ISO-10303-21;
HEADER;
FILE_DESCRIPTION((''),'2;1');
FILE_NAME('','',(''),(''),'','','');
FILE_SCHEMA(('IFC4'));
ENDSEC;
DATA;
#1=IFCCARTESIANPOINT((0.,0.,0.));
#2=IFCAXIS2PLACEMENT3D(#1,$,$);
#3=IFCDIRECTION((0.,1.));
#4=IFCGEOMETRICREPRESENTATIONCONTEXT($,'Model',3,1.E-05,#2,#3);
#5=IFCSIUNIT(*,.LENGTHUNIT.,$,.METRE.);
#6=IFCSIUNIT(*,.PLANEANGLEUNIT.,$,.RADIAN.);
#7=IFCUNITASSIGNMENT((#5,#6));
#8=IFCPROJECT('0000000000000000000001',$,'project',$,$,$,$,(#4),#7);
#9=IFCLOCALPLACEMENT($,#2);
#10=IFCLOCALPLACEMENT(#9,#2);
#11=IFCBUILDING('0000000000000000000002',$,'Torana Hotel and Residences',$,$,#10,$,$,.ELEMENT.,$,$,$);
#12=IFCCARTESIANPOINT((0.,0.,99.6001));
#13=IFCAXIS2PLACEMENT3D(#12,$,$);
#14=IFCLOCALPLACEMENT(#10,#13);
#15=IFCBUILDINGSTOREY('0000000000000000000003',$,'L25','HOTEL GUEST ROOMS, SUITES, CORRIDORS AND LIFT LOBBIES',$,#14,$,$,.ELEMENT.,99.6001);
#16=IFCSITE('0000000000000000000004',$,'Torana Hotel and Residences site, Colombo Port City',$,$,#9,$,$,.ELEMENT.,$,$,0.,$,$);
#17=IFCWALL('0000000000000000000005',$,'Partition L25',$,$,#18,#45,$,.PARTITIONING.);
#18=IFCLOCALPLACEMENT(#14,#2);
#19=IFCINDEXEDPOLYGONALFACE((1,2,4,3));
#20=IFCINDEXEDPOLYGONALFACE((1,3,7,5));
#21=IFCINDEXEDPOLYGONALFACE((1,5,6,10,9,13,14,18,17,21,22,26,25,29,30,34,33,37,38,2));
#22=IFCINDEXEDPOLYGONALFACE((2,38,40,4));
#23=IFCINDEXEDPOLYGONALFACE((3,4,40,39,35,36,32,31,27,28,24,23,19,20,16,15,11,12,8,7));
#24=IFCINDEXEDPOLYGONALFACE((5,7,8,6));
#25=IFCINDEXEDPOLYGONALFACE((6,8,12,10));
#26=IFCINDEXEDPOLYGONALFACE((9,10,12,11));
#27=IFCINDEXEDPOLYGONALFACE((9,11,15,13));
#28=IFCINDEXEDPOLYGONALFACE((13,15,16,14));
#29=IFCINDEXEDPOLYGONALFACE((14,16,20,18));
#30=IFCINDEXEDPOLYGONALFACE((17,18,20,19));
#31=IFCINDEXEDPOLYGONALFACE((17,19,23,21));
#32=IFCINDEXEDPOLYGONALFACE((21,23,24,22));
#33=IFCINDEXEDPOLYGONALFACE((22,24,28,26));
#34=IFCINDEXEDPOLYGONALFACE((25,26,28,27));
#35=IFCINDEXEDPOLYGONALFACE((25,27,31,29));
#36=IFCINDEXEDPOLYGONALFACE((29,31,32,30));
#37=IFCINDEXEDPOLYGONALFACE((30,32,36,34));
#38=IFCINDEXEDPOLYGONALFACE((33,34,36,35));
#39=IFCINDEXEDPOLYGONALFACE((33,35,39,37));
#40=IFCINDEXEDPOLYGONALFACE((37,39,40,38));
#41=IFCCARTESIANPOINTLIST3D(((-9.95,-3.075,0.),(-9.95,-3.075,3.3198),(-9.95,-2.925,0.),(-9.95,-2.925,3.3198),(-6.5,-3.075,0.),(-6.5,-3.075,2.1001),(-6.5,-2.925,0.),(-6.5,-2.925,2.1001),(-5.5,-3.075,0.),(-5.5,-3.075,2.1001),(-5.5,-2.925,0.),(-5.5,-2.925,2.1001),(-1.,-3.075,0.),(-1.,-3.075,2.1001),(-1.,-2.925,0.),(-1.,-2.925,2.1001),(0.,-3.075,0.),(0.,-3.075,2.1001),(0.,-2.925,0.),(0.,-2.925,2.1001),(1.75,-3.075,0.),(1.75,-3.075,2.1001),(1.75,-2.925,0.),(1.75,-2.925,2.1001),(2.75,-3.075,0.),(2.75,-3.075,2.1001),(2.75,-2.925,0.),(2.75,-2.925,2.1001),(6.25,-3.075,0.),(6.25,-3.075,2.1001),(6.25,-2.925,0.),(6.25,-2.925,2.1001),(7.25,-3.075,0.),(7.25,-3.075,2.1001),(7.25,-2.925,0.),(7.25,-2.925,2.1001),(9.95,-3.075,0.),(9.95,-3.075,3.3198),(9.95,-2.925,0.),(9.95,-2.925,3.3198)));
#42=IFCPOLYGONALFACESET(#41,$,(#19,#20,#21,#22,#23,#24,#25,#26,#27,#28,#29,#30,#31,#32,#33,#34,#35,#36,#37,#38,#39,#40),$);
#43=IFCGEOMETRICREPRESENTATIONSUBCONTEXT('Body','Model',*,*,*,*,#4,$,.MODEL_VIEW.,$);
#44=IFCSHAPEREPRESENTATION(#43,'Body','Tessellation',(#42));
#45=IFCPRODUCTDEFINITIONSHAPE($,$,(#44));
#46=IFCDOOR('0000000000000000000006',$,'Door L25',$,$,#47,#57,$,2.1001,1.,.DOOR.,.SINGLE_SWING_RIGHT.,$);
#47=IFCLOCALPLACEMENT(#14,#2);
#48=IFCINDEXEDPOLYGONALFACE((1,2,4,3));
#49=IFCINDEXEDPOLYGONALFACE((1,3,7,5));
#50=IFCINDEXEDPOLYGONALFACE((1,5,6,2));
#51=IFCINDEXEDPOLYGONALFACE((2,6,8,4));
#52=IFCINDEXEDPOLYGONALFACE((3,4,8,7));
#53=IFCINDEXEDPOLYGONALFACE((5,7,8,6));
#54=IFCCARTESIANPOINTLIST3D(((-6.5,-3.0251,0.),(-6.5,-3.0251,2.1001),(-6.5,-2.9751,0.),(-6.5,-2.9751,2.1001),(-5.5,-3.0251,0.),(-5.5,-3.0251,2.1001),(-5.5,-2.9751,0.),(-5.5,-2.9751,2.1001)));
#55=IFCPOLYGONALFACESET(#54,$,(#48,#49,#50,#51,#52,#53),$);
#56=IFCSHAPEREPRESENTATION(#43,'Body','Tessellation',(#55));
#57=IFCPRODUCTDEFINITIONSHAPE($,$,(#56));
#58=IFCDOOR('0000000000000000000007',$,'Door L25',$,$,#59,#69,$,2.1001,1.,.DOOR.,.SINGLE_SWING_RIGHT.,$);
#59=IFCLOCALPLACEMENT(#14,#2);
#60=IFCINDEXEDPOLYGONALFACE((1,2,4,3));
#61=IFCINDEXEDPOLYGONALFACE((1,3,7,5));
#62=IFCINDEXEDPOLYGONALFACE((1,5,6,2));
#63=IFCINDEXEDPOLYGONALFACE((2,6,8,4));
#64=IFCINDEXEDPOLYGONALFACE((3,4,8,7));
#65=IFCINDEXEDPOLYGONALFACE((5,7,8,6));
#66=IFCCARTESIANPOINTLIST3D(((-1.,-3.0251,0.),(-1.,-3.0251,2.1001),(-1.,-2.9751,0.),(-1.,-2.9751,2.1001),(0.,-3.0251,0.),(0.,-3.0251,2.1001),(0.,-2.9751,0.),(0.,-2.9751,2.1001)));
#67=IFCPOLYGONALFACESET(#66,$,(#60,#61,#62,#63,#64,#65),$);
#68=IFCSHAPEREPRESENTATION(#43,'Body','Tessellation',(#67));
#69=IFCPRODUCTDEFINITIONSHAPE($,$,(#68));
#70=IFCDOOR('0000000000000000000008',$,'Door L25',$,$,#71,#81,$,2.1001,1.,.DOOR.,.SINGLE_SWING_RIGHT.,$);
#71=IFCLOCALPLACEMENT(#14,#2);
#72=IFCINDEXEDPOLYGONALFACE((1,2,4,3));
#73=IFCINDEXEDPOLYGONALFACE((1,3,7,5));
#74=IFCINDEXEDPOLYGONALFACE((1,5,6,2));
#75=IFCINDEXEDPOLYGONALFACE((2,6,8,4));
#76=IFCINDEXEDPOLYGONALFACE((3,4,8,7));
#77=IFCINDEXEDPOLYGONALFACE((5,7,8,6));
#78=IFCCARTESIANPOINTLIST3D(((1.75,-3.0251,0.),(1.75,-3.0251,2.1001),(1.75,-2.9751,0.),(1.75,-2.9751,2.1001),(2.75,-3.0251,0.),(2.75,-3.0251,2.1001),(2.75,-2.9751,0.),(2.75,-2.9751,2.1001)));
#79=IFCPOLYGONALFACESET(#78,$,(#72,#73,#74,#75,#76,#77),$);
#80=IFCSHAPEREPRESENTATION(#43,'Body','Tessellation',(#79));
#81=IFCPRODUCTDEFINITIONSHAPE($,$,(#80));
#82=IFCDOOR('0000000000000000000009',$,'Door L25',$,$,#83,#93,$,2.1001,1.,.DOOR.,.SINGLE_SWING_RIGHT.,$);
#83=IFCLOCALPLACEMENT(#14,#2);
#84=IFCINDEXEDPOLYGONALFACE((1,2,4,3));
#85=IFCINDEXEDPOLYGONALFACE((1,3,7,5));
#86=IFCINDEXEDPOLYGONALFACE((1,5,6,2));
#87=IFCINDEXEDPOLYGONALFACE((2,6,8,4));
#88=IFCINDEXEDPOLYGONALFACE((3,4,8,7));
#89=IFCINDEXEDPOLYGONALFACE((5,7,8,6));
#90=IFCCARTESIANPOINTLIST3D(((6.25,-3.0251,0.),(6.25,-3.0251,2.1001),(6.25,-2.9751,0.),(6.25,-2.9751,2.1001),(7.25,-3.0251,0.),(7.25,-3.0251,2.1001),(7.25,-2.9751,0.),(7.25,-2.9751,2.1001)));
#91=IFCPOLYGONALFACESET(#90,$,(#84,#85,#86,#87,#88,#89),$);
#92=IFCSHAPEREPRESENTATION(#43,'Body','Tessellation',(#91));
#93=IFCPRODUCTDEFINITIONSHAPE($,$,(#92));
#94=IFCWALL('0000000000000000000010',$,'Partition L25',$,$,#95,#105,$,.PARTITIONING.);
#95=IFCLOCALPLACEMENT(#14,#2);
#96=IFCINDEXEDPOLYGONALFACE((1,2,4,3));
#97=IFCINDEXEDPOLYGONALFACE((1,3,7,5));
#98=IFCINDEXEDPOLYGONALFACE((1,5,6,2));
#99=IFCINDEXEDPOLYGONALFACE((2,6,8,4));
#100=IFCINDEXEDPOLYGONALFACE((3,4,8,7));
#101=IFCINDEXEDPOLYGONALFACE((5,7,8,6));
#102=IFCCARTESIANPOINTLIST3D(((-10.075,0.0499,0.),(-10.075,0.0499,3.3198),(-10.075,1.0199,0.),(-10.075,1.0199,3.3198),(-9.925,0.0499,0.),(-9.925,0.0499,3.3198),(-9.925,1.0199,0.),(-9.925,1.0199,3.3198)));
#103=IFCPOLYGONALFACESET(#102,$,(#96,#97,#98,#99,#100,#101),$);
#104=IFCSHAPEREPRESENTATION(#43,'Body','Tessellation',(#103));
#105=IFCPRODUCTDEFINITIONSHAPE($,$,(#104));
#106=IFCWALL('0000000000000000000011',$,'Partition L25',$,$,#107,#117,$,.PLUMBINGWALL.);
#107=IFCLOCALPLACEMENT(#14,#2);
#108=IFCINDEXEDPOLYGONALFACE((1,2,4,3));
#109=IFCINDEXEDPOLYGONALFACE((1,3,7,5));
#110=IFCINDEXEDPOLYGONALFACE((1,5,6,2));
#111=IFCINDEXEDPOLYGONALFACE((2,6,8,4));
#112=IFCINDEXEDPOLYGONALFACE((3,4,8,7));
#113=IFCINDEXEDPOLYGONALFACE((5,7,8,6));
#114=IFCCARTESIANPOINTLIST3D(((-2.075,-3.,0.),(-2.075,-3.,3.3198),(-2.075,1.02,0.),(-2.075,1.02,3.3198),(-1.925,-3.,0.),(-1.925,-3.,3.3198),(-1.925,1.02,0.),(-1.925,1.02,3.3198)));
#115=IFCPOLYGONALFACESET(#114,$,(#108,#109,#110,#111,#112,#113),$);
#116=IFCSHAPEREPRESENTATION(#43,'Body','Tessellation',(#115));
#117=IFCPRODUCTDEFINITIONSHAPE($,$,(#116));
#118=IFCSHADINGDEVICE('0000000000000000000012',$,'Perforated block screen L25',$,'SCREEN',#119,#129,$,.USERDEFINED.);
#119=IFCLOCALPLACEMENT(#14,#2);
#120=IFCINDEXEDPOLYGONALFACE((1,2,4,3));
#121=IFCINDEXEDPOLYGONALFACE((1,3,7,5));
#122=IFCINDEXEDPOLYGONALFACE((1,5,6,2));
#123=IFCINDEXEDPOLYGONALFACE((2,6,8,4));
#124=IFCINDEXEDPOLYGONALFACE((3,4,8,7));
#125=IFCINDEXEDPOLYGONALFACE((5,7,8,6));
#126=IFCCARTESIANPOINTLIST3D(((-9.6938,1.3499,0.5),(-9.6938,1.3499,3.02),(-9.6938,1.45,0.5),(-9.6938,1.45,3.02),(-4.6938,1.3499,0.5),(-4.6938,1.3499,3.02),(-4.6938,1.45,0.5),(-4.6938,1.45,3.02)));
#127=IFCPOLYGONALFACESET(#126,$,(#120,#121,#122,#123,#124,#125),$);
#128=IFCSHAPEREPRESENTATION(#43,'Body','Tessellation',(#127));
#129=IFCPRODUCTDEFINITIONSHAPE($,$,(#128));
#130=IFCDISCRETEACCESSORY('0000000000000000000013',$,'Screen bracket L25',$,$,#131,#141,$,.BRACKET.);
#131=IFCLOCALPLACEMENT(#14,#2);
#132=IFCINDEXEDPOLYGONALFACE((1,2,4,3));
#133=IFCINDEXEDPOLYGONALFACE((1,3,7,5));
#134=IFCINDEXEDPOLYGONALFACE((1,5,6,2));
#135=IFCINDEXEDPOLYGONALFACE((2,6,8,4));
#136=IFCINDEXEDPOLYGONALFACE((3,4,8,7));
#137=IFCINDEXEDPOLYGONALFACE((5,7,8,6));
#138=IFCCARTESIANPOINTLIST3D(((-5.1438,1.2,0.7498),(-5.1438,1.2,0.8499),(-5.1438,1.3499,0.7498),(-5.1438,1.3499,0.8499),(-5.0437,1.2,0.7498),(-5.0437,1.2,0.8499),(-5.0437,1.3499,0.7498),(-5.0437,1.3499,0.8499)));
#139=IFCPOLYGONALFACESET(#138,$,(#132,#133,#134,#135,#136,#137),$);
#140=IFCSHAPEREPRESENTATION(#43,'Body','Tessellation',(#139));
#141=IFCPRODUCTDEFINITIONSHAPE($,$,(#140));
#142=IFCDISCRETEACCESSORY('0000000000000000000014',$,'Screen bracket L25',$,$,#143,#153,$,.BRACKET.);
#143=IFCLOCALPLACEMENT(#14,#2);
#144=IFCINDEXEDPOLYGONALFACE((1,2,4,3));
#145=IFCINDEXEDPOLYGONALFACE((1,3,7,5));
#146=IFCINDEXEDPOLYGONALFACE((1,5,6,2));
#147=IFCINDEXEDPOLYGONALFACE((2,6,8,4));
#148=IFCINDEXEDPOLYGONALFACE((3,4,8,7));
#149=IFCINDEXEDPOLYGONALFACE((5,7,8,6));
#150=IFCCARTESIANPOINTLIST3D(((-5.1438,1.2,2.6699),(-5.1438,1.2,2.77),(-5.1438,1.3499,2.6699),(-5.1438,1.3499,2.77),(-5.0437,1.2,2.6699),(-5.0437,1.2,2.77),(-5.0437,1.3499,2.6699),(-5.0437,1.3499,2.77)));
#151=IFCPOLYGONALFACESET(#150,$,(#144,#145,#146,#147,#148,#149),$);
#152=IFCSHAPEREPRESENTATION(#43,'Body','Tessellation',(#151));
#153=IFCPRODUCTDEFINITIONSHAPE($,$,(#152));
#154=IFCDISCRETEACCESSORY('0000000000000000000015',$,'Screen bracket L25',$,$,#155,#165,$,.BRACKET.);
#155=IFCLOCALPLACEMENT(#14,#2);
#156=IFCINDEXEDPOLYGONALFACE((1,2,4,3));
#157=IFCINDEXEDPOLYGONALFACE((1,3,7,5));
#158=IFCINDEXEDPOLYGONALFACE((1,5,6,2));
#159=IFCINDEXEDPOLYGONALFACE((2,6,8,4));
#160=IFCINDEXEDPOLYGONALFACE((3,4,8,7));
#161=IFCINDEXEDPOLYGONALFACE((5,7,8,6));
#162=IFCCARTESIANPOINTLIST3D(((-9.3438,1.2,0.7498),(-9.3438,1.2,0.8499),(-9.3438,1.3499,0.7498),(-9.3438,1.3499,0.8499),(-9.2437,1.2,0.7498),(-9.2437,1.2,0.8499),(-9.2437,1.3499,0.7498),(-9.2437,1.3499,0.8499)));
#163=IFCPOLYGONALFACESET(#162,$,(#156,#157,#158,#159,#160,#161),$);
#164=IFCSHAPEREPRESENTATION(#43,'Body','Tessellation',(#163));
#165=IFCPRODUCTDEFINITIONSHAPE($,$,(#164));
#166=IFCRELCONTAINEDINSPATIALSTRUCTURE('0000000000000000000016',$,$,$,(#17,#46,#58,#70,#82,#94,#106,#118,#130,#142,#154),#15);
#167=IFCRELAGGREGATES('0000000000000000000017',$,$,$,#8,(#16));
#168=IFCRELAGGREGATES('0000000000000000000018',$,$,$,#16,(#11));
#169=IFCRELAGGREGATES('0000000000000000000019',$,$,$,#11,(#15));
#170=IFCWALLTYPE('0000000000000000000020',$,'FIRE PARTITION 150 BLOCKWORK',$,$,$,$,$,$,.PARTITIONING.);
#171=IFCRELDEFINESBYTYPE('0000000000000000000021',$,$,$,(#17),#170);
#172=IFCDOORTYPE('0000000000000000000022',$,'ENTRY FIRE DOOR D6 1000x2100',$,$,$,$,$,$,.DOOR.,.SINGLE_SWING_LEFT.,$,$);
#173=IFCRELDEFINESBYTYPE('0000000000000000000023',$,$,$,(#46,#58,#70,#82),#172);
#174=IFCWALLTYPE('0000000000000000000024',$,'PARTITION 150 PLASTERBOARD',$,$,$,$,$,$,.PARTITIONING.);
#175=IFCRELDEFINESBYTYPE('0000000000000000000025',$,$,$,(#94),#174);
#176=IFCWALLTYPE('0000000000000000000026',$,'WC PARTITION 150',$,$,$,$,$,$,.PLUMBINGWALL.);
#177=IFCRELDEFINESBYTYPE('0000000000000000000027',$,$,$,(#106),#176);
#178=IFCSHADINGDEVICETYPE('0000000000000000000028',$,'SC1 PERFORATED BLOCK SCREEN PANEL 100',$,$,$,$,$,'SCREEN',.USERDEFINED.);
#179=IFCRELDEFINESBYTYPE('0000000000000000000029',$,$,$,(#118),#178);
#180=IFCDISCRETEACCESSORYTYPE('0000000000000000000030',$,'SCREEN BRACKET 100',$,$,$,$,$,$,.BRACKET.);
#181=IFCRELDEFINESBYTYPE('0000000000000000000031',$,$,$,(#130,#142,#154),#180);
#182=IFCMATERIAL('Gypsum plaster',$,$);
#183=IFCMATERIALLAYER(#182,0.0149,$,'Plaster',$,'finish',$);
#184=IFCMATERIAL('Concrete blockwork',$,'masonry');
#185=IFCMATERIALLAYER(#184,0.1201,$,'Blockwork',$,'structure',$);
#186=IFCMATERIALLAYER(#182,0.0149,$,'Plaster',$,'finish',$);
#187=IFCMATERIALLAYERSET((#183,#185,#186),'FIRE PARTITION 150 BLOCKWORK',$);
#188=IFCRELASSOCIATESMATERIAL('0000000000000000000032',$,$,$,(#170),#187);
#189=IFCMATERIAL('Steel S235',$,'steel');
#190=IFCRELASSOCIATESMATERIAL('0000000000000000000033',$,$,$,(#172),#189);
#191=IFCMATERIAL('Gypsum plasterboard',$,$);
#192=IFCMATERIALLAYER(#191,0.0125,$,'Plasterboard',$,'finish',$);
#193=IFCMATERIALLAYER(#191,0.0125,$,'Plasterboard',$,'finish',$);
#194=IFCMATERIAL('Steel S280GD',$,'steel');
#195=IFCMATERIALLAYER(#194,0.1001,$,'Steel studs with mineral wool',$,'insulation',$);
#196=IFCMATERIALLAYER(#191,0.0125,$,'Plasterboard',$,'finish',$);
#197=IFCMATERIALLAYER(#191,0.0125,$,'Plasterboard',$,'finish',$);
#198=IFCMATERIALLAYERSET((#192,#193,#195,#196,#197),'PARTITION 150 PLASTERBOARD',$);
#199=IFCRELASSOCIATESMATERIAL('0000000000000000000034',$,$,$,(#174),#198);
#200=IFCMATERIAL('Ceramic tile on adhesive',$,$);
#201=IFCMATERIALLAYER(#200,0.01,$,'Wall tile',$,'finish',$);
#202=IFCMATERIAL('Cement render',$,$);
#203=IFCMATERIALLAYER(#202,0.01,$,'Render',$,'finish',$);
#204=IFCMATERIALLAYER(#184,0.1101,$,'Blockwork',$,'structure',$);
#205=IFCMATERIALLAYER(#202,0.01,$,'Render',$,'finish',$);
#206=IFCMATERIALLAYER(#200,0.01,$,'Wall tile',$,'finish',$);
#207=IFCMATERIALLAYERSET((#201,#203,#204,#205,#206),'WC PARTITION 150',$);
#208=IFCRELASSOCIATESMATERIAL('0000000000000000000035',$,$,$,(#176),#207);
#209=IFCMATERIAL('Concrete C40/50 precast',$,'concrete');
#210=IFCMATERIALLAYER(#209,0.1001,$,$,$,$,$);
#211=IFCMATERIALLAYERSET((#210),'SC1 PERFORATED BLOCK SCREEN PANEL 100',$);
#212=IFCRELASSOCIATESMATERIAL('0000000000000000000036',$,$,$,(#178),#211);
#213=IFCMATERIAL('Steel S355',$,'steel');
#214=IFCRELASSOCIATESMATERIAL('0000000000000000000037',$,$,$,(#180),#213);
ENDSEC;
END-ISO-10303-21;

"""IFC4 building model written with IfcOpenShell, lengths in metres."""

from ifc_helpers import new_model, si_unit, direction, frame, frame_2d, origin, origin_2d, place, context, subcontext, project, spatial, rectangle, extrude, material, layer, layer_set, type_object, element, fill, save


model = new_model("IFC4")

# Units and contexts
model_context = context("Model", 3, precision=1e-05, world=origin(), true_north=direction((0.0, 1.0)))
body_context = subcontext(model_context, "Body", "Model", "MODEL_VIEW")
ifc_project = project(units=[si_unit("LENGTHUNIT", "METRE"), si_unit("PLANEANGLEUNIT", "RADIAN")], contexts=[model_context])

# Site, building, storey
site_placement = place(None, origin())
site = spatial("IfcSite", under=ifc_project, at=site_placement, Name="Torana Hotel and Residences site, Colombo Port City", CompositionType="ELEMENT", RefElevation=0.0)
building_placement = place(site_placement, origin())
building = spatial("IfcBuilding", under=site, at=building_placement, Name="Torana Hotel and Residences", CompositionType="ELEMENT")
storey_placement = place(building_placement, frame((0.0, 0.0, 99.6001)))
storey = spatial("IfcBuildingStorey", under=building, at=storey_placement, Name="L25", Description="HOTEL GUEST ROOMS, SUITES, CORRIDORS AND LIFT LOBBIES", CompositionType="ELEMENT", Elevation=99.6001)

# Shared definitions
ifc_material_1 = material(Name="Gypsum plaster")
ifc_layer_1 = layer(ifc_material_1, 0.0149, Name="Plaster", Category="finish")
ifc_material_2 = material(Name="Concrete blockwork", Category="masonry")
ifc_layer_2 = layer(ifc_material_2, 0.1201, Name="Blockwork", Category="structure")
ifc_layer_3 = layer(ifc_material_1, 0.0149, Name="Plaster", Category="finish")
ifc_layer_set_1 = layer_set([ifc_layer_1, ifc_layer_2, ifc_layer_3], Name="FIRE PARTITION 150 BLOCKWORK")
wall_type_1 = type_object("IfcWallType", Name="FIRE PARTITION 150 BLOCKWORK", PredefinedType="PARTITIONING", material=ifc_layer_set_1)

# Shared definitions
ifc_material_3 = material(Name="Steel S235", Category="steel")
door_type = type_object("IfcDoorType", Name="ENTRY FIRE DOOR D6 1000x2100", OperationType="SINGLE_SWING_LEFT", PredefinedType="DOOR", material=ifc_material_3)

# Wall, openings, doors
wall_1_placement = place(storey_placement, frame((-9.95, -3.0, 0.0), z_axis=(0.0, 0.0, 1.0), x_axis=(1.0, 0.0, 0.0)))
wall_1 = element("IfcWall", 1, at=wall_1_placement, inside=storey, type_object=wall_type_1, Name="Partition L25", PredefinedType="PARTITIONING", context=body_context, shape_type="SweptSolid", body=[
    extrude(rectangle(XDim=19.8999, YDim=0.1499, at=frame_2d((9.95, 0.0))), origin(), (0.0, 0.0, 1.0), 3.3198),
])
opening_1_placement = place(wall_1_placement, frame((3.45, 0.0, 0.0)))
opening_1 = element("IfcOpeningElement", 2, at=opening_1_placement, cuts=wall_1, PredefinedType="OPENING", context=body_context, shape_type="SweptSolid", body=[
    extrude(rectangle(XDim=1.0, YDim=2.1001, at=frame_2d((0.5, 1.05))), frame((0.0, 0.085, 0.0), z_axis=(0.0, -1.0, 0.0), x_axis=(1.0, 0.0, 0.0)), (0.0, 0.0, 1.0), 0.1699),
])
opening_2_placement = place(wall_1_placement, frame((8.95, 0.0, 0.0)))
opening_2 = element("IfcOpeningElement", 3, at=opening_2_placement, cuts=wall_1, PredefinedType="OPENING", context=body_context, shape_type="SweptSolid", body=[
    extrude(rectangle(XDim=1.0, YDim=2.1001, at=frame_2d((0.5, 1.05))), frame((0.0, 0.085, 0.0), z_axis=(0.0, -1.0, 0.0), x_axis=(1.0, 0.0, 0.0)), (0.0, 0.0, 1.0), 0.1699),
])
opening_3_placement = place(wall_1_placement, frame((11.7, 0.0, 0.0)))
opening_3 = element("IfcOpeningElement", 4, at=opening_3_placement, cuts=wall_1, PredefinedType="OPENING", context=body_context, shape_type="SweptSolid", body=[
    extrude(rectangle(XDim=1.0, YDim=2.1001, at=frame_2d((0.5, 1.05))), frame((0.0, 0.085, 0.0), z_axis=(0.0, -1.0, 0.0), x_axis=(1.0, 0.0, 0.0)), (0.0, 0.0, 1.0), 0.1699),
])
opening_4_placement = place(wall_1_placement, frame((16.2, 0.0, 0.0)))
opening_4 = element("IfcOpeningElement", 5, at=opening_4_placement, cuts=wall_1, PredefinedType="OPENING", context=body_context, shape_type="SweptSolid", body=[
    extrude(rectangle(XDim=1.0, YDim=2.1001, at=frame_2d((0.5, 1.05))), frame((0.0, 0.085, 0.0), z_axis=(0.0, -1.0, 0.0), x_axis=(1.0, 0.0, 0.0)), (0.0, 0.0, 1.0), 0.1699),
])
door_1_placement = place(opening_1_placement, origin())
door_1 = element("IfcDoor", 6, at=door_1_placement, inside=storey, type_object=door_type, Name="Door L25", OperationType="SINGLE_SWING_RIGHT", OverallHeight=2.1001, OverallWidth=1.0, PredefinedType="DOOR", context=body_context, shape_type="SweptSolid", body=[
    extrude(rectangle(XDim=1.0, YDim=2.1001, at=frame_2d((0.5, 1.05))), frame((0.0, 0.0249, 0.0), z_axis=(0.0, -1.0, 0.0), x_axis=(1.0, 0.0, 0.0)), (0.0, 0.0, 1.0), 0.05),
])
fill(opening_1, door_1)
door_2_placement = place(opening_2_placement, origin())
door_2 = element("IfcDoor", 7, at=door_2_placement, inside=storey, type_object=door_type, Name="Door L25", OperationType="SINGLE_SWING_RIGHT", OverallHeight=2.1001, OverallWidth=1.0, PredefinedType="DOOR", context=body_context, shape_type="SweptSolid", body=[
    extrude(rectangle(XDim=1.0, YDim=2.1001, at=frame_2d((0.5, 1.05))), frame((0.0, 0.0249, 0.0), z_axis=(0.0, -1.0, 0.0), x_axis=(1.0, 0.0, 0.0)), (0.0, 0.0, 1.0), 0.05),
])
fill(opening_2, door_2)
door_3_placement = place(opening_3_placement, origin())
door_3 = element("IfcDoor", 8, at=door_3_placement, inside=storey, type_object=door_type, Name="Door L25", OperationType="SINGLE_SWING_RIGHT", OverallHeight=2.1001, OverallWidth=1.0, PredefinedType="DOOR", context=body_context, shape_type="SweptSolid", body=[
    extrude(rectangle(XDim=1.0, YDim=2.1001, at=frame_2d((0.5, 1.05))), frame((0.0, 0.0249, 0.0), z_axis=(0.0, -1.0, 0.0), x_axis=(1.0, 0.0, 0.0)), (0.0, 0.0, 1.0), 0.05),
])
fill(opening_3, door_3)
door_4_placement = place(opening_4_placement, origin())
door_4 = element("IfcDoor", 9, at=door_4_placement, inside=storey, type_object=door_type, Name="Door L25", OperationType="SINGLE_SWING_RIGHT", OverallHeight=2.1001, OverallWidth=1.0, PredefinedType="DOOR", context=body_context, shape_type="SweptSolid", body=[
    extrude(rectangle(XDim=1.0, YDim=2.1001, at=frame_2d((0.5, 1.05))), frame((0.0, 0.0249, 0.0), z_axis=(0.0, -1.0, 0.0), x_axis=(1.0, 0.0, 0.0)), (0.0, 0.0, 1.0), 0.05),
])
fill(opening_4, door_4)

# Walls
ifc_material_4 = material(Name="Gypsum plasterboard")
ifc_layer_4 = layer(ifc_material_4, 0.0125, Name="Plasterboard", Category="finish")
ifc_layer_5 = layer(ifc_material_4, 0.0125, Name="Plasterboard", Category="finish")
ifc_material_5 = material(Name="Steel S280GD", Category="steel")
ifc_layer_6 = layer(ifc_material_5, 0.1001, Name="Steel studs with mineral wool", Category="insulation")
ifc_layer_7 = layer(ifc_material_4, 0.0125, Name="Plasterboard", Category="finish")
ifc_layer_8 = layer(ifc_material_4, 0.0125, Name="Plasterboard", Category="finish")
ifc_layer_set_2 = layer_set([ifc_layer_4, ifc_layer_5, ifc_layer_6, ifc_layer_7, ifc_layer_8], Name="PARTITION 150 PLASTERBOARD")
wall_type_2 = type_object("IfcWallType", Name="PARTITION 150 PLASTERBOARD", PredefinedType="PARTITIONING", material=ifc_layer_set_2)
wall_2_placement = place(storey_placement, frame((-10.0, 0.05, 0.0), z_axis=(0.0, 0.0, 1.0), x_axis=(0.0, 1.0, 0.0)))
element("IfcWall", 10, at=wall_2_placement, inside=storey, type_object=wall_type_2, Name="Partition L25", PredefinedType="PARTITIONING", context=body_context, shape_type="SweptSolid", body=[
    extrude(rectangle(XDim=0.97, YDim=0.1499, at=frame_2d((0.4849, 0.0))), origin(), (0.0, 0.0, 1.0), 3.3198),
])
ifc_material_6 = material(Name="Ceramic tile on adhesive")
ifc_layer_9 = layer(ifc_material_6, 0.01, Name="Wall tile", Category="finish")
ifc_material_7 = material(Name="Cement render")
ifc_layer_10 = layer(ifc_material_7, 0.01, Name="Render", Category="finish")
ifc_layer_11 = layer(ifc_material_2, 0.1101, Name="Blockwork", Category="structure")
ifc_layer_12 = layer(ifc_material_7, 0.01, Name="Render", Category="finish")
ifc_layer_13 = layer(ifc_material_6, 0.01, Name="Wall tile", Category="finish")
ifc_layer_set_3 = layer_set([ifc_layer_9, ifc_layer_10, ifc_layer_11, ifc_layer_12, ifc_layer_13], Name="WC PARTITION 150")
wall_type_3 = type_object("IfcWallType", Name="WC PARTITION 150", PredefinedType="PLUMBINGWALL", material=ifc_layer_set_3)
wall_3_placement = place(storey_placement, frame((-2.0, -3.0, 0.0), z_axis=(0.0, 0.0, 1.0), x_axis=(0.0, 1.0, 0.0)))
element("IfcWall", 11, at=wall_3_placement, inside=storey, type_object=wall_type_3, Name="Partition L25", PredefinedType="PLUMBINGWALL", context=body_context, shape_type="SweptSolid", body=[
    extrude(rectangle(XDim=4.02, YDim=0.1499, at=frame_2d((2.01, 0.0))), origin(), (0.0, 0.0, 1.0), 3.3198),
])

# Shading device
ifc_material_8 = material(Name="Concrete C40/50 precast", Category="concrete")
ifc_layer_14 = layer(ifc_material_8, 0.1001)
ifc_layer_set_4 = layer_set([ifc_layer_14], Name="SC1 PERFORATED BLOCK SCREEN PANEL 100")
shading_device_type = type_object("IfcShadingDeviceType", Name="SC1 PERFORATED BLOCK SCREEN PANEL 100", ElementType="SCREEN", PredefinedType="USERDEFINED", material=ifc_layer_set_4)
shading_device_placement = place(storey_placement, frame((-7.1938, 1.3999, 0.5), z_axis=(0.0, 0.0, 1.0), x_axis=(-1.0, 0.0, 0.0)))
element("IfcShadingDevice", 12, at=shading_device_placement, inside=storey, type_object=shading_device_type, Name="Perforated block screen L25", ObjectType="SCREEN", PredefinedType="USERDEFINED", context=body_context, shape_type="SweptSolid", body=[
    extrude(rectangle(XDim=5.0, YDim=0.1001, at=origin_2d()), origin(), (0.0, 0.0, 1.0), 2.52),
])

# Discrete accessories
ifc_material_9 = material(Name="Steel S355", Category="steel")
discrete_accessory_type = type_object("IfcDiscreteAccessoryType", Name="SCREEN BRACKET 100", PredefinedType="BRACKET", material=ifc_material_9)
for number, where, z_axis, x_axis, name in (
    (13, (-5.0938, 1.2749, 0.7498), (0.0, 0.0, 1.0), (-1.0, 0.0, 0.0), "Screen bracket L25"),
    (14, (-5.0938, 1.2749, 2.6699), (0.0, 0.0, 1.0), (-1.0, 0.0, 0.0), "Screen bracket L25"),
    (15, (-9.2937, 1.2749, 0.7498), (0.0, 0.0, 1.0), (-1.0, 0.0, 0.0), "Screen bracket L25"),
):
    element("IfcDiscreteAccessory", number, at=place(storey_placement, frame(where, z_axis=z_axis, x_axis=x_axis)), inside=storey, type_object=discrete_accessory_type, Name=name, PredefinedType="BRACKET", context=body_context, shape_type="SweptSolid", body=[
        extrude(rectangle(XDim=0.1001, YDim=0.1499, at=origin_2d()), origin(), (0.0, 0.0, 1.0), 0.1001),
    ])

save(model, "model.ifc")
